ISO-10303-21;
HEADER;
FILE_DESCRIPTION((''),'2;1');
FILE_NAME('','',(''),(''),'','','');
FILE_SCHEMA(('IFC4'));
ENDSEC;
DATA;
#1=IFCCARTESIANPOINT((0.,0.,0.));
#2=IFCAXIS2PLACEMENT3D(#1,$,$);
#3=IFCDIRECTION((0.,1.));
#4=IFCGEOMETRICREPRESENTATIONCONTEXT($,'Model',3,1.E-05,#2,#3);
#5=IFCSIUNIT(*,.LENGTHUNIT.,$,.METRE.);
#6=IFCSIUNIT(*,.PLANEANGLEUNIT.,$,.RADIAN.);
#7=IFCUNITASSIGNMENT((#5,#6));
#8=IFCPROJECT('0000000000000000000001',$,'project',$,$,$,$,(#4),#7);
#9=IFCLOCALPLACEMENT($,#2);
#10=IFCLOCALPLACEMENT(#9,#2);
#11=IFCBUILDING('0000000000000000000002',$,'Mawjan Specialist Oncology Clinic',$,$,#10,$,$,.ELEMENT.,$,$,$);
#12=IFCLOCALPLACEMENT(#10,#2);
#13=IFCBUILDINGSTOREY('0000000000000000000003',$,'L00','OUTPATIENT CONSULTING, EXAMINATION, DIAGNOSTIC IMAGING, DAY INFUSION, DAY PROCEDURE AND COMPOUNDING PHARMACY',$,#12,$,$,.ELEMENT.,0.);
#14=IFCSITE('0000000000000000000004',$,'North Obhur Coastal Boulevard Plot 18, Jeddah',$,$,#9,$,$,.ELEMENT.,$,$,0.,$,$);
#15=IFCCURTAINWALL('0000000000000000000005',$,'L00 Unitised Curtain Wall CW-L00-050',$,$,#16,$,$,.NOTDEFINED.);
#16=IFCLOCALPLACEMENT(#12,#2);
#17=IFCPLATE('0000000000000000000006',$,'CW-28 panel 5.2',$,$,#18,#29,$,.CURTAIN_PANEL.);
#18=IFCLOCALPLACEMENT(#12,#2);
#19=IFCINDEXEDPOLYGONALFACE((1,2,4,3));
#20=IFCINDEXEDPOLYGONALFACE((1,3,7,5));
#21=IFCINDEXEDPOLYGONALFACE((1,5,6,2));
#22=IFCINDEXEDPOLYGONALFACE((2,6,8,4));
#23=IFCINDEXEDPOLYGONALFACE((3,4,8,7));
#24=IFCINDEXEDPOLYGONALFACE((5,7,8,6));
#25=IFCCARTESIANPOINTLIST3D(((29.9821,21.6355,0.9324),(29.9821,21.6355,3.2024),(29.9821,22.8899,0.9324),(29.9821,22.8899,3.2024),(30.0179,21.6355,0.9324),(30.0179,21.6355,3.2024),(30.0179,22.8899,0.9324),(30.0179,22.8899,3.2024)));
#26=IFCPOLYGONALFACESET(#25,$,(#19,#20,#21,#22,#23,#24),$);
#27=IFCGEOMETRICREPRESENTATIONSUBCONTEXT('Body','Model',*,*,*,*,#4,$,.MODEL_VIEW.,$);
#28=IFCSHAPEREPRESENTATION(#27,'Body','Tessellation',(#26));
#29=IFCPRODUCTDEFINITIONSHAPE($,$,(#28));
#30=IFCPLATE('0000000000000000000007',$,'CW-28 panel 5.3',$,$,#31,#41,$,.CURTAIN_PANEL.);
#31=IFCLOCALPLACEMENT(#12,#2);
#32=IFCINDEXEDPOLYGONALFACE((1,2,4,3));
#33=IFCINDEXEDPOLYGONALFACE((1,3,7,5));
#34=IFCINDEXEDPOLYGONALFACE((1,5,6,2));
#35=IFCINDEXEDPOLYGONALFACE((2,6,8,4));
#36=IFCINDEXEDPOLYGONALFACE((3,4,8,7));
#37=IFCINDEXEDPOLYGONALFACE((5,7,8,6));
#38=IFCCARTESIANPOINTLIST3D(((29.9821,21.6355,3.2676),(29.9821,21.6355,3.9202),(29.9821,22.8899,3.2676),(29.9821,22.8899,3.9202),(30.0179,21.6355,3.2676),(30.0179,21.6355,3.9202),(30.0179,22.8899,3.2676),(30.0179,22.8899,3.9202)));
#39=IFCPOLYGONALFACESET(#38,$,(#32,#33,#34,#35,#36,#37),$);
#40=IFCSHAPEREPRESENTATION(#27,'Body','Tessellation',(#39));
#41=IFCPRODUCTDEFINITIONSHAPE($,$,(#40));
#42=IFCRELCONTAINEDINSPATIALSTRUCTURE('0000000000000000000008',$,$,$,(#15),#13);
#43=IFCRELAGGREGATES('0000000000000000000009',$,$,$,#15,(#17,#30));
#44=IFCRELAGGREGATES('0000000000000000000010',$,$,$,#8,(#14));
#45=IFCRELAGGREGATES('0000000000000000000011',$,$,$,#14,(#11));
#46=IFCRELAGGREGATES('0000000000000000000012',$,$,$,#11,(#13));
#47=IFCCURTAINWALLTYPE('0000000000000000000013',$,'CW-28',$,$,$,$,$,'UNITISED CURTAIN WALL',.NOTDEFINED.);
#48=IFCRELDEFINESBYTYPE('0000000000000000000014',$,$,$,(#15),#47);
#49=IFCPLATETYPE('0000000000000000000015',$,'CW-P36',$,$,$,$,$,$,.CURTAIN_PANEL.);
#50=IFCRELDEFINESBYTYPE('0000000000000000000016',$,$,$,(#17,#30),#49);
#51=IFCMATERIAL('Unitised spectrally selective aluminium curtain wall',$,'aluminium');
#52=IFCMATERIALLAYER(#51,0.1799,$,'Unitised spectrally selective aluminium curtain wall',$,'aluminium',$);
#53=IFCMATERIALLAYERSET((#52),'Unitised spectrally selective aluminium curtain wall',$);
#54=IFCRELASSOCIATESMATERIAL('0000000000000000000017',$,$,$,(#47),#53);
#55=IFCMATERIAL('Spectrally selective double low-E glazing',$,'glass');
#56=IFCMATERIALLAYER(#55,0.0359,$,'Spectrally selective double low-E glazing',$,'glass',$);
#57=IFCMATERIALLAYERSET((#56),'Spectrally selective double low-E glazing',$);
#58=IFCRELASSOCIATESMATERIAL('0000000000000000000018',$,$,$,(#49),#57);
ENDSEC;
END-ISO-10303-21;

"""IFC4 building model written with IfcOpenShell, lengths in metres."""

from ifc_helpers import new_model, si_unit, direction, frame, origin, origin_2d, place, context, subcontext, project, spatial, rectangle, extrude, material, layer, layer_set, type_object, element, aggregate, save


model = new_model("IFC4")

# Units and contexts
model_context = context("Model", 3, precision=1e-05, world=origin(), true_north=direction((0.0, 1.0)))
body_context = subcontext(model_context, "Body", "Model", "MODEL_VIEW")
ifc_project = project(units=[si_unit("LENGTHUNIT", "METRE"), si_unit("PLANEANGLEUNIT", "RADIAN")], contexts=[model_context])

# Site, building, storey
site_placement = place(None, origin())
site = spatial("IfcSite", under=ifc_project, at=site_placement, Name="North Obhur Coastal Boulevard Plot 18, Jeddah", CompositionType="ELEMENT", RefElevation=0.0)
building_placement = place(site_placement, origin())
building = spatial("IfcBuilding", under=site, at=building_placement, Name="Mawjan Specialist Oncology Clinic", CompositionType="ELEMENT")
storey_placement = place(building_placement, origin())
storey = spatial("IfcBuildingStorey", under=building, at=storey_placement, Name="L00", Description="OUTPATIENT CONSULTING, EXAMINATION, DIAGNOSTIC IMAGING, DAY INFUSION, DAY PROCEDURE AND COMPOUNDING PHARMACY", CompositionType="ELEMENT", Elevation=0.0)

# Curtain wall
ifc_material_1 = material(Name="Unitised spectrally selective aluminium curtain wall", Category="aluminium")
ifc_layer_1 = layer(ifc_material_1, 0.1799, Name="Unitised spectrally selective aluminium curtain wall", Category="aluminium")
ifc_layer_set_1 = layer_set([ifc_layer_1], Name="Unitised spectrally selective aluminium curtain wall")
curtain_wall_type = type_object("IfcCurtainWallType", Name="CW-28", ElementType="UNITISED CURTAIN WALL", PredefinedType="NOTDEFINED", material=ifc_layer_set_1)
curtain_wall_1_placement = place(storey_placement, origin())
curtain_wall_1 = element("IfcCurtainWall", 1, at=curtain_wall_1_placement, inside=storey, type_object=curtain_wall_type, Name="L00 Unitised Curtain Wall CW-L00-050", PredefinedType="NOTDEFINED")

# Plates
ifc_material_2 = material(Name="Spectrally selective double low-E glazing", Category="glass")
ifc_layer_2 = layer(ifc_material_2, 0.0359, Name="Spectrally selective double low-E glazing", Category="glass")
ifc_layer_set_2 = layer_set([ifc_layer_2], Name="Spectrally selective double low-E glazing")
plate_type = type_object("IfcPlateType", Name="CW-P36", PredefinedType="CURTAIN_PANEL", material=ifc_layer_set_2)
plate_1_placement = place(storey_placement, frame((30.0, 22.2627, 0.9324), z_axis=(0.0, 0.0, 1.0), x_axis=(0.0, 1.0, 0.0)))
plate_1 = element("IfcPlate", 2, at=plate_1_placement, type_object=plate_type, Name="CW-28 panel 5.2", PredefinedType="CURTAIN_PANEL", context=body_context, shape_type="SweptSolid", body=[
    extrude(rectangle(XDim=1.2544, YDim=0.0359, at=origin_2d()), origin(), (0.0, 0.0, 1.0), 2.27),
])
plate_2_placement = place(storey_placement, frame((30.0, 22.2627, 3.2676), z_axis=(0.0, 0.0, 1.0), x_axis=(0.0, 1.0, 0.0)))
plate_2 = element("IfcPlate", 3, at=plate_2_placement, type_object=plate_type, Name="CW-28 panel 5.3", PredefinedType="CURTAIN_PANEL", context=body_context, shape_type="SweptSolid", body=[
    extrude(rectangle(XDim=1.2544, YDim=0.0359, at=origin_2d()), origin(), (0.0, 0.0, 1.0), 0.6526),
])
aggregate(curtain_wall_1, [plate_1, plate_2])

save(model, "model.ifc")
